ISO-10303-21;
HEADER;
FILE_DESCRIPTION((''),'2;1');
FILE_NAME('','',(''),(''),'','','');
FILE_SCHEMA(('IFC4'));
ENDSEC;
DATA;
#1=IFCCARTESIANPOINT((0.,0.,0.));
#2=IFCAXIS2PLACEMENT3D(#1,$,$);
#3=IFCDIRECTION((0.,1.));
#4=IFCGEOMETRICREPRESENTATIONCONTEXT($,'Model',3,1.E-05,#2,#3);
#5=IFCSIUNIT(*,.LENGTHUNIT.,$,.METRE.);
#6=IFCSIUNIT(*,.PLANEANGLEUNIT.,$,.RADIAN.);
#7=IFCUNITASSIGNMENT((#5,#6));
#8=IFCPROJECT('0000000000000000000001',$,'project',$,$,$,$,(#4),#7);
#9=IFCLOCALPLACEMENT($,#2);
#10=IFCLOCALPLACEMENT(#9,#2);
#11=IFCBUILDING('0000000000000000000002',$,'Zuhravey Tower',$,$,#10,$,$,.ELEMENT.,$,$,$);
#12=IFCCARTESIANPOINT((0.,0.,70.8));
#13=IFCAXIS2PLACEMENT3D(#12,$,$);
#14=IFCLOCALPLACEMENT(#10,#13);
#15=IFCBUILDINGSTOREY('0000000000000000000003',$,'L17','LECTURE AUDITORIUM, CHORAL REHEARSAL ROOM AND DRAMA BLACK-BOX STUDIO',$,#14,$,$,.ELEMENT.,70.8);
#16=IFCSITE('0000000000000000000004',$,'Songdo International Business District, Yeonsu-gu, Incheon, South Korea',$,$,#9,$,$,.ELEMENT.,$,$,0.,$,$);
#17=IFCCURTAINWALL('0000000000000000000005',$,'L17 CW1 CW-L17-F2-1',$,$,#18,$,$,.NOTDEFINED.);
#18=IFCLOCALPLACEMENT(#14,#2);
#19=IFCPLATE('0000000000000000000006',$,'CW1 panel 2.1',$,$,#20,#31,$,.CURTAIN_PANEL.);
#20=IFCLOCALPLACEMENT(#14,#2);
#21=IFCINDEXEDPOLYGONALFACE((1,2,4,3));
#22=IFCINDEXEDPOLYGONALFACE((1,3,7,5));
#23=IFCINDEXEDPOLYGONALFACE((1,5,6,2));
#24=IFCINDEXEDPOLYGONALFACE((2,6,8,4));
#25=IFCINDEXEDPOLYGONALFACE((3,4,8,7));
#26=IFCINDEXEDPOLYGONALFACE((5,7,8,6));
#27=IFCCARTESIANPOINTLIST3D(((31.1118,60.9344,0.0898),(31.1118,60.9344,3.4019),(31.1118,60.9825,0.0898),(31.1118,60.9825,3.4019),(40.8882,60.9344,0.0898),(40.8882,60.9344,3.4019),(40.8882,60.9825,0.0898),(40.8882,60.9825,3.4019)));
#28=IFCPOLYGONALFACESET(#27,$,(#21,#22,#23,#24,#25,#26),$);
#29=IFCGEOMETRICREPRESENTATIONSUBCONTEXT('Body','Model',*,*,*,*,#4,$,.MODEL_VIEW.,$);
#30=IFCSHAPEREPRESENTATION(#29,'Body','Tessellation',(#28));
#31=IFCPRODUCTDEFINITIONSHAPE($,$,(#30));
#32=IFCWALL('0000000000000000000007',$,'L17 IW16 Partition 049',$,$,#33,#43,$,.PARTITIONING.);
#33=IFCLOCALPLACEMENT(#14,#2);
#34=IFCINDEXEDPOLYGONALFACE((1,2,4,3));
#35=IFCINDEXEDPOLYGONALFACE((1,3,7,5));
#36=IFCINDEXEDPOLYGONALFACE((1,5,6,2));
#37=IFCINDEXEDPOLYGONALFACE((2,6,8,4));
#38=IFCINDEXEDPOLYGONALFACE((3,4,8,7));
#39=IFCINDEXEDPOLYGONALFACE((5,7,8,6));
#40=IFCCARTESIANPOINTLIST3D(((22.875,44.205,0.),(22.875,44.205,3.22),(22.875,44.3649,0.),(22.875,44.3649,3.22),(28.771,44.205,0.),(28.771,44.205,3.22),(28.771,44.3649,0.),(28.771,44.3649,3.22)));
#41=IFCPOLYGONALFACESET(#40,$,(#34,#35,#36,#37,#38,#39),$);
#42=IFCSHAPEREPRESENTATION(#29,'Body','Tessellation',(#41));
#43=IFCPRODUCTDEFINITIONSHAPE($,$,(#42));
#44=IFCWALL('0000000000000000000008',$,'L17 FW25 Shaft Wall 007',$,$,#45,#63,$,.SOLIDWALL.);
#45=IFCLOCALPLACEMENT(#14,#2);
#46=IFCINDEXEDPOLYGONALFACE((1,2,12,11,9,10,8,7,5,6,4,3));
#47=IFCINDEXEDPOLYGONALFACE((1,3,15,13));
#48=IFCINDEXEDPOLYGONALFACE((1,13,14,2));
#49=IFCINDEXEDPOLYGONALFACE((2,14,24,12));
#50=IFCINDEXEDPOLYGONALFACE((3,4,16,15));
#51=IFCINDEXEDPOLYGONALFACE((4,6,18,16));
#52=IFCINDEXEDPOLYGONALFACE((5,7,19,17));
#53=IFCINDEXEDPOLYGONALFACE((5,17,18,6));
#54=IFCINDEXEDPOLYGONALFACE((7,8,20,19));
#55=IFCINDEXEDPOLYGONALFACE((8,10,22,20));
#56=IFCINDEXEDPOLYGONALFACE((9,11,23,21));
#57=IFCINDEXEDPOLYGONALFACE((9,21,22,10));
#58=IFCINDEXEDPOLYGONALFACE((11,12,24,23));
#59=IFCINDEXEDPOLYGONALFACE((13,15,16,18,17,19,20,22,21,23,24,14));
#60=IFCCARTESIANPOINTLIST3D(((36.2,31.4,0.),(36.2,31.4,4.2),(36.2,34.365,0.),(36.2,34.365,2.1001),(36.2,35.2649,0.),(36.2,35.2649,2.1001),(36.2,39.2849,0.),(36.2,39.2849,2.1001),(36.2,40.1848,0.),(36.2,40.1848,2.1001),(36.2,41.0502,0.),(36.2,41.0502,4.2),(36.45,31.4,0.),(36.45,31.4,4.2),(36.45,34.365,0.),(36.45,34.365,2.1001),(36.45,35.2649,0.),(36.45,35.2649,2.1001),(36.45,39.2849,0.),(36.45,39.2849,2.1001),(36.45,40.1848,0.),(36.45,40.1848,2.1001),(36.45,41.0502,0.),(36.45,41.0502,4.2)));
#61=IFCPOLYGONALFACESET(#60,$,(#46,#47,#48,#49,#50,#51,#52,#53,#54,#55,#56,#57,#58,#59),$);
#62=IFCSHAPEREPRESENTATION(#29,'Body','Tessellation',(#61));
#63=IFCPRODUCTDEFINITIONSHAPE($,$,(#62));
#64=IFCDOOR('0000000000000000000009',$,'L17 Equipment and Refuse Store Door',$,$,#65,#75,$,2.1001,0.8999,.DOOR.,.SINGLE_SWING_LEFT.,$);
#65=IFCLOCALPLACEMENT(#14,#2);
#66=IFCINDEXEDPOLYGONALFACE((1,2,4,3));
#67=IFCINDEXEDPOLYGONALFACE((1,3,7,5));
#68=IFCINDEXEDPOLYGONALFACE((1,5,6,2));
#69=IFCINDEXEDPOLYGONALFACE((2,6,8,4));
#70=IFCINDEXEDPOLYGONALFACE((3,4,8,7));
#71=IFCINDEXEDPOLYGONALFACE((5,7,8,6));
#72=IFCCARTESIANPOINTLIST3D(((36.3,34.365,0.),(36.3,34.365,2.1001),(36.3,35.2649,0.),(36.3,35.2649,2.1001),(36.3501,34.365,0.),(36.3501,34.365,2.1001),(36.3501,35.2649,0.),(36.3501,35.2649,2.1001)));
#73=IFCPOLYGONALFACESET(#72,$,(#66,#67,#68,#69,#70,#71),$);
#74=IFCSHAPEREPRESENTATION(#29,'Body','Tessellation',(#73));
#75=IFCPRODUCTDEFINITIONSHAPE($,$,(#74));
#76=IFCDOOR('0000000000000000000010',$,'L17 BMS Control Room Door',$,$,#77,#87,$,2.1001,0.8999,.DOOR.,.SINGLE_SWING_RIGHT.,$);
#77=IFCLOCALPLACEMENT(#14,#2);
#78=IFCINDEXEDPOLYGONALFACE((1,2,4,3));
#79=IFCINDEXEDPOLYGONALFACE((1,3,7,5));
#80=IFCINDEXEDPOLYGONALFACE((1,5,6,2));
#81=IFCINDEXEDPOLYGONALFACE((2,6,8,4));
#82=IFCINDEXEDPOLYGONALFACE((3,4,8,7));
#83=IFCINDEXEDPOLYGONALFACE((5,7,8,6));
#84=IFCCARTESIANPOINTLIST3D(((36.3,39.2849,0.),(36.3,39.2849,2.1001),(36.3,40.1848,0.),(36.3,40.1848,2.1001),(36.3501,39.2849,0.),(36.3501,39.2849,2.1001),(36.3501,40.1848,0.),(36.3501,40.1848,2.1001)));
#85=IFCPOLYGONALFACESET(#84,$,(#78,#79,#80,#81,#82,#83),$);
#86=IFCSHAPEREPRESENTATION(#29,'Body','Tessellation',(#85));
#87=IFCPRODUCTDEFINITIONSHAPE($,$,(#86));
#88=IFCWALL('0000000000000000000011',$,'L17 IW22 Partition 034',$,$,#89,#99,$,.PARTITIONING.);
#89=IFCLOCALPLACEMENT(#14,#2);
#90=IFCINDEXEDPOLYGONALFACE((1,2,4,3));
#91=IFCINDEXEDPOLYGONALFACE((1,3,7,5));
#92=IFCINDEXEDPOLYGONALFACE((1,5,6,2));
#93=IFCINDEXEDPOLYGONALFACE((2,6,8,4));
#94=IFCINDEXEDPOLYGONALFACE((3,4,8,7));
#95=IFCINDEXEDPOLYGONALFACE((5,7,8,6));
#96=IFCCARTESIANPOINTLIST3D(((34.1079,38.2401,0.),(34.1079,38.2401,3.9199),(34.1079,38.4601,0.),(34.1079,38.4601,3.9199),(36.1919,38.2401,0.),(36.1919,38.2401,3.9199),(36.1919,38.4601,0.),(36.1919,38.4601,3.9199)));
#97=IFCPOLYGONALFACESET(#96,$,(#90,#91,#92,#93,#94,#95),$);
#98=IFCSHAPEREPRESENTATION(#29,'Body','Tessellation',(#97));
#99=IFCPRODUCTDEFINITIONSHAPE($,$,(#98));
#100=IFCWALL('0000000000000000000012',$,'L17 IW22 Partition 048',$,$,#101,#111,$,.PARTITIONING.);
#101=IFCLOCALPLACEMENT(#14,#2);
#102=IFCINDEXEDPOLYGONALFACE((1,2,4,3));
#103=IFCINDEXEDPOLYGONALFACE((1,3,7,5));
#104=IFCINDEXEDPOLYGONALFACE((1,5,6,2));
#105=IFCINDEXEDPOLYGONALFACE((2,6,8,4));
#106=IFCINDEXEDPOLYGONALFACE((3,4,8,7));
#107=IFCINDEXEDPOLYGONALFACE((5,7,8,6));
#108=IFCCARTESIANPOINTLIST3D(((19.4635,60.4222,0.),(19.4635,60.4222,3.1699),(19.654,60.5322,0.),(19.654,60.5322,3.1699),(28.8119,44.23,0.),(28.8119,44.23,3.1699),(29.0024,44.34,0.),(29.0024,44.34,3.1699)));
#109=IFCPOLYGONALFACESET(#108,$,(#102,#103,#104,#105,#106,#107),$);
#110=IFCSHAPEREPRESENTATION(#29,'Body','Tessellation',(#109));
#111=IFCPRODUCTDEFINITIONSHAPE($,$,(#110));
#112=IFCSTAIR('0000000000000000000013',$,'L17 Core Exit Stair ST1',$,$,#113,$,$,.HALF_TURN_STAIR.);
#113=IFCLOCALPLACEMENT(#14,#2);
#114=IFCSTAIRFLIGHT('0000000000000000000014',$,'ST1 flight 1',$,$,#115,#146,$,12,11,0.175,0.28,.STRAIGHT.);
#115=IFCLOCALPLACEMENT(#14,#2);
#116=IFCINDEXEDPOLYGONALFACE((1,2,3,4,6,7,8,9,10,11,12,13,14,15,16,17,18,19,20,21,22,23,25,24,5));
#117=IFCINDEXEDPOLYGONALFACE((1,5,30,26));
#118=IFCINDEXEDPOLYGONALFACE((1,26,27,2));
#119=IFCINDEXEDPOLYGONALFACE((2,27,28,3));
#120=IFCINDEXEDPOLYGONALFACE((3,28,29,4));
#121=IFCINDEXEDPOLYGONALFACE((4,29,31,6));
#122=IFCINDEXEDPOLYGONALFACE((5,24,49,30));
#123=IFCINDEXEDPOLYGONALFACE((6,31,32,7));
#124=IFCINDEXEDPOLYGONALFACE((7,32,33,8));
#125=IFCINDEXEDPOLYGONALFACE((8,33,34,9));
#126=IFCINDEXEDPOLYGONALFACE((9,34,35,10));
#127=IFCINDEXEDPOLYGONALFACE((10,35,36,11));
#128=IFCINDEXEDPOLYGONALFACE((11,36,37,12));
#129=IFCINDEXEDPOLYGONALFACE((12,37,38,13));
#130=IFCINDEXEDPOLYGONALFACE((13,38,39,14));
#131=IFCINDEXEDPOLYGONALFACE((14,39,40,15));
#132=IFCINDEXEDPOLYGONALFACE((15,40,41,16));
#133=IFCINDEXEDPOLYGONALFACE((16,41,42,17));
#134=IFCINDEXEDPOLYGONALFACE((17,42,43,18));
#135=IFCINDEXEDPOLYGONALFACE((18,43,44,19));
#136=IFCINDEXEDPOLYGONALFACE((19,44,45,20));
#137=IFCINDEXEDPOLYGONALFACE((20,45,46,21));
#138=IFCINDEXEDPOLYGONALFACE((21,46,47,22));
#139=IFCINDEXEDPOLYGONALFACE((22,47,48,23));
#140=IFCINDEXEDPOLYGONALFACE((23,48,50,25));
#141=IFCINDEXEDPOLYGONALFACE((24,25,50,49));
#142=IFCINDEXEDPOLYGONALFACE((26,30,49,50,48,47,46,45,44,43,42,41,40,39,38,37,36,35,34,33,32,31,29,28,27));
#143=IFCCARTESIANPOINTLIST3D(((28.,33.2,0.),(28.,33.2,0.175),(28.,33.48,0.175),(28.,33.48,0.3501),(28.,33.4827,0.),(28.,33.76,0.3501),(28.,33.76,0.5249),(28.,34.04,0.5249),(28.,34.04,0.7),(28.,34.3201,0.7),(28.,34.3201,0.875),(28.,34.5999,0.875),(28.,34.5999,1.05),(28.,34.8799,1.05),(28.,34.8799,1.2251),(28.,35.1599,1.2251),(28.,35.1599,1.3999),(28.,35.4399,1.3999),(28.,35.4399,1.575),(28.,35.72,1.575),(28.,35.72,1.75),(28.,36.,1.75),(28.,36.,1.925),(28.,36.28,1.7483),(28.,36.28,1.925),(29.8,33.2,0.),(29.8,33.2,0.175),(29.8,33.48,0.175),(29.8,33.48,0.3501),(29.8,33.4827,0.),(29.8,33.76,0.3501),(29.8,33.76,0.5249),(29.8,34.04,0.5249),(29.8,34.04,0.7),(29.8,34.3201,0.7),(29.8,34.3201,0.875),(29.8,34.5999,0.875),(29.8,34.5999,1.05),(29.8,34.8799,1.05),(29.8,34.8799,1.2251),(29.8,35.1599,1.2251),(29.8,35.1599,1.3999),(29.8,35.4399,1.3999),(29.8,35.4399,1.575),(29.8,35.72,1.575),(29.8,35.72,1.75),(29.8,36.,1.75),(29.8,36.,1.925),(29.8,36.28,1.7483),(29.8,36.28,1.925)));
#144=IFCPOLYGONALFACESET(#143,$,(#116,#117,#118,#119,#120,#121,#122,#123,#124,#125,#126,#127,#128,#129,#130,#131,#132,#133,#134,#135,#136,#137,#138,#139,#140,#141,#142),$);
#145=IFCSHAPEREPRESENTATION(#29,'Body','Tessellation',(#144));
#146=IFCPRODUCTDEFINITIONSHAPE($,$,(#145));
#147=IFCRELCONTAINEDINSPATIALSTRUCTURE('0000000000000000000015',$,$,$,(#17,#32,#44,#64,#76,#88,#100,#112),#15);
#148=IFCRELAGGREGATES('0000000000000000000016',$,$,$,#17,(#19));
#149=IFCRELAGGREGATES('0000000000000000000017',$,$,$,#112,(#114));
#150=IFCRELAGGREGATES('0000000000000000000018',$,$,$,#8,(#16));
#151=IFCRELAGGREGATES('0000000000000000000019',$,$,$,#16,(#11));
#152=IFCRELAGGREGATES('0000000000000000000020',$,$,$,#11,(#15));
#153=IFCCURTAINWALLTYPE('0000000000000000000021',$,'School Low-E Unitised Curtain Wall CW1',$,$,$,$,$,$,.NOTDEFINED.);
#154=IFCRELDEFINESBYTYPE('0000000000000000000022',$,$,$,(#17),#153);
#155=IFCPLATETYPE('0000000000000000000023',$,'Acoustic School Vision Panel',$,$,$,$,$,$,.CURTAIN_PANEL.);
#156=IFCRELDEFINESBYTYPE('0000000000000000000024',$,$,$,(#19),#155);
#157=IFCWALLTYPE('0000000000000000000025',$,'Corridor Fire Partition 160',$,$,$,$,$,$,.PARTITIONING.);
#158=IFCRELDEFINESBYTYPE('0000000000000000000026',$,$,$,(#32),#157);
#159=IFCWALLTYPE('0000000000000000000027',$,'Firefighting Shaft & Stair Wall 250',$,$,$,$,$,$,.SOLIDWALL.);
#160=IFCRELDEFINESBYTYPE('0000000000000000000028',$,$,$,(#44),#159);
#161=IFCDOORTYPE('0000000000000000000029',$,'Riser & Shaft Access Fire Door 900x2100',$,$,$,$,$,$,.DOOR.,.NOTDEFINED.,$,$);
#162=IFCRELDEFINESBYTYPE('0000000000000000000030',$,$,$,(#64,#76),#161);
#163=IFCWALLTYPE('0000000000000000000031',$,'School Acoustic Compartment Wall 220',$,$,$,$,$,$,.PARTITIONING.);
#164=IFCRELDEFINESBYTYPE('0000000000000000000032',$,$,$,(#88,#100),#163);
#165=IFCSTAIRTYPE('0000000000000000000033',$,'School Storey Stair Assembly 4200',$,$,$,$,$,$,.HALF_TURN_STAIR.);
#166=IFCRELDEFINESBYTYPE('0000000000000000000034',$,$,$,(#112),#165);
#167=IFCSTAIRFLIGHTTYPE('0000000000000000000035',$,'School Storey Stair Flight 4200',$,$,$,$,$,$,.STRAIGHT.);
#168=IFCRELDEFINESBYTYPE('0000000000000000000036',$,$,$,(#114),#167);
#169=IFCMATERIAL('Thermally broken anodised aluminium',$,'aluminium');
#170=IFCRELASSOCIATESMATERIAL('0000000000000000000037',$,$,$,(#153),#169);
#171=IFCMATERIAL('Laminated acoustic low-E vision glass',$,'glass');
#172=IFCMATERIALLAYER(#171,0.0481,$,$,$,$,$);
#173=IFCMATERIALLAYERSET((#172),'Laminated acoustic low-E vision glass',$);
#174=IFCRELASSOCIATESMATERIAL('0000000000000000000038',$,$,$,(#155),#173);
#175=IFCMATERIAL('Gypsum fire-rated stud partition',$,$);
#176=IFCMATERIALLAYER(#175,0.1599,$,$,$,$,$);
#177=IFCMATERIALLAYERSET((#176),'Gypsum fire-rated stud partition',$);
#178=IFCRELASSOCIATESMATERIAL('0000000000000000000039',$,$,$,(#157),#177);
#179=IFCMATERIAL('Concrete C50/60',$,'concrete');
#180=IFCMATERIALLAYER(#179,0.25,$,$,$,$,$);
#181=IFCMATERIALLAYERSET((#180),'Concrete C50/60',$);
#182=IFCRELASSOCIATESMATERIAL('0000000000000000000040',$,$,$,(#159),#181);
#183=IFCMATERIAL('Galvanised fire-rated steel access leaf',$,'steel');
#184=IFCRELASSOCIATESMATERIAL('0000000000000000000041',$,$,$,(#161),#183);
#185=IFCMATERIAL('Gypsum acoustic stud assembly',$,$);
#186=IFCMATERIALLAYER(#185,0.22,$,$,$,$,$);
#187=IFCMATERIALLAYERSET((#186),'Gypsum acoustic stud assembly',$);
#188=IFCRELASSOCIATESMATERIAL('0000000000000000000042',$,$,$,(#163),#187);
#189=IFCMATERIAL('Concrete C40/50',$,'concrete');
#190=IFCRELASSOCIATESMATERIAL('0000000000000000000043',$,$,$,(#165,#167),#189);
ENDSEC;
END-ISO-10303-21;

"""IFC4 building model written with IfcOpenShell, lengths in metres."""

from ifc_helpers import new_model, si_unit, direction, frame, frame_2d, origin, origin_2d, place, context, subcontext, project, spatial, polyline, rectangle, outline, extrude, material, layer, layer_set, type_object, element, fill, aggregate, save


model = new_model("IFC4")

# Units and contexts
model_context = context("Model", 3, precision=1e-05, world=origin(), true_north=direction((0.0, 1.0)))
body_context = subcontext(model_context, "Body", "Model", "MODEL_VIEW")
ifc_project = project(units=[si_unit("LENGTHUNIT", "METRE"), si_unit("PLANEANGLEUNIT", "RADIAN")], contexts=[model_context])

# Site, building, storey
site_placement = place(None, origin())
site = spatial("IfcSite", under=ifc_project, at=site_placement, Name="Songdo International Business District, Yeonsu-gu, Incheon, South Korea", CompositionType="ELEMENT", RefElevation=0.0)
building_placement = place(site_placement, origin())
building = spatial("IfcBuilding", under=site, at=building_placement, Name="Zuhravey Tower", CompositionType="ELEMENT")
storey_placement = place(building_placement, frame((0.0, 0.0, 70.8)))
storey = spatial("IfcBuildingStorey", under=building, at=storey_placement, Name="L17", Description="LECTURE AUDITORIUM, CHORAL REHEARSAL ROOM AND DRAMA BLACK-BOX STUDIO", CompositionType="ELEMENT", Elevation=70.8)

# Curtain wall
ifc_material_1 = material(Name="Thermally broken anodised aluminium", Category="aluminium")
curtain_wall_type = type_object("IfcCurtainWallType", Name="School Low-E Unitised Curtain Wall CW1", PredefinedType="NOTDEFINED", material=ifc_material_1)
curtain_wall_placement = place(storey_placement, origin())
curtain_wall = element("IfcCurtainWall", 1, at=curtain_wall_placement, inside=storey, type_object=curtain_wall_type, Name="L17 CW1 CW-L17-F2-1", PredefinedType="NOTDEFINED")

# Plate
ifc_material_2 = material(Name="Laminated acoustic low-E vision glass", Category="glass")
ifc_layer_1 = layer(ifc_material_2, 0.0481)
ifc_layer_set_1 = layer_set([ifc_layer_1], Name="Laminated acoustic low-E vision glass")
plate_type = type_object("IfcPlateType", Name="Acoustic School Vision Panel", PredefinedType="CURTAIN_PANEL", material=ifc_layer_set_1)
plate_1_placement = place(storey_placement, frame((36.0, 60.9585, 0.0898), z_axis=(0.0, 0.0, 1.0), x_axis=(1.0, 0.0, 0.0)))
plate_1 = element("IfcPlate", 2, at=plate_1_placement, type_object=plate_type, Name="CW1 panel 2.1", PredefinedType="CURTAIN_PANEL", context=body_context, shape_type="SweptSolid", body=[
    extrude(rectangle(XDim=9.7764, YDim=0.0481, at=origin_2d()), origin(), (0.0, 0.0, 1.0), 3.312),
])
aggregate(curtain_wall, [plate_1])

# Wall
ifc_material_3 = material(Name="Gypsum fire-rated stud partition")
ifc_layer_2 = layer(ifc_material_3, 0.1599)
ifc_layer_set_2 = layer_set([ifc_layer_2], Name="Gypsum fire-rated stud partition")
wall_type_1 = type_object("IfcWallType", Name="Corridor Fire Partition 160", PredefinedType="PARTITIONING", material=ifc_layer_set_2)
wall_1_placement = place(storey_placement, frame((28.771, 44.2849, 0.0), z_axis=(0.0, 0.0, 1.0), x_axis=(-1.0, 0.0, 0.0)))
element("IfcWall", 3, at=wall_1_placement, inside=storey, type_object=wall_type_1, Name="L17 IW16 Partition 049", PredefinedType="PARTITIONING", context=body_context, shape_type="SweptSolid", body=[
    extrude(rectangle(XDim=5.896, YDim=0.1599, at=frame_2d((2.948, 0.0))), origin(), (0.0, 0.0, 1.0), 3.22),
])

# Wall, openings, doors
ifc_material_4 = material(Name="Concrete C50/60", Category="concrete")
ifc_layer_3 = layer(ifc_material_4, 0.25)
ifc_layer_set_3 = layer_set([ifc_layer_3], Name="Concrete C50/60")
wall_type_2 = type_object("IfcWallType", Name="Firefighting Shaft & Stair Wall 250", PredefinedType="SOLIDWALL", material=ifc_layer_set_3)
wall_2_placement = place(storey_placement, frame((36.325, 31.3999, 0.0), z_axis=(0.0, 0.0, 1.0), x_axis=(0.0, 1.0, 0.0)))
wall_2 = element("IfcWall", 4, at=wall_2_placement, inside=storey, type_object=wall_type_2, Name="L17 FW25 Shaft Wall 007", PredefinedType="SOLIDWALL", context=body_context, shape_type="SweptSolid", body=[
    extrude(rectangle(XDim=9.6501, YDim=0.25, at=frame_2d((4.8252, 0.0))), origin(), (0.0, 0.0, 1.0), 4.2),
])
opening_1_placement = place(wall_2_placement, frame((2.9651, 0.0, 0.0)))
opening_1 = element("IfcOpeningElement", 5, at=opening_1_placement, cuts=wall_2, PredefinedType="OPENING", context=body_context, shape_type="SweptSolid", body=[
    extrude(rectangle(XDim=0.8999, YDim=2.1001, at=frame_2d((0.45, 1.05))), frame((0.0, 0.137, 0.0), z_axis=(0.0, -1.0, 0.0), x_axis=(1.0, 0.0, 0.0)), (0.0, 0.0, 1.0), 0.2739),
])
opening_2_placement = place(wall_2_placement, frame((7.885, 0.0, 0.0)))
opening_2 = element("IfcOpeningElement", 6, at=opening_2_placement, cuts=wall_2, PredefinedType="OPENING", context=body_context, shape_type="SweptSolid", body=[
    extrude(rectangle(XDim=0.8999, YDim=2.1001, at=frame_2d((0.45, 1.05))), frame((0.0, 0.137, 0.0), z_axis=(0.0, -1.0, 0.0), x_axis=(1.0, 0.0, 0.0)), (0.0, 0.0, 1.0), 0.2739),
])
ifc_material_5 = material(Name="Galvanised fire-rated steel access leaf", Category="steel")
door_type = type_object("IfcDoorType", Name="Riser & Shaft Access Fire Door 900x2100", OperationType="NOTDEFINED", PredefinedType="DOOR", material=ifc_material_5)
door_1_placement = place(opening_1_placement, origin())
door_1 = element("IfcDoor", 7, at=door_1_placement, inside=storey, type_object=door_type, Name="L17 Equipment and Refuse Store Door", OperationType="SINGLE_SWING_LEFT", OverallHeight=2.1001, OverallWidth=0.8999, PredefinedType="DOOR", context=body_context, shape_type="SweptSolid", body=[
    extrude(rectangle(XDim=0.8999, YDim=2.1001, at=frame_2d((0.45, 1.05))), frame((0.0, 0.0249, 0.0), z_axis=(0.0, -1.0, 0.0), x_axis=(1.0, 0.0, 0.0)), (0.0, 0.0, 1.0), 0.05),
])
fill(opening_1, door_1)
door_2_placement = place(opening_2_placement, origin())
door_2 = element("IfcDoor", 8, at=door_2_placement, inside=storey, type_object=door_type, Name="L17 BMS Control Room Door", OperationType="SINGLE_SWING_RIGHT", OverallHeight=2.1001, OverallWidth=0.8999, PredefinedType="DOOR", context=body_context, shape_type="SweptSolid", body=[
    extrude(rectangle(XDim=0.8999, YDim=2.1001, at=frame_2d((0.45, 1.05))), frame((0.0, 0.0249, 0.0), z_axis=(0.0, -1.0, 0.0), x_axis=(1.0, 0.0, 0.0)), (0.0, 0.0, 1.0), 0.05),
])
fill(opening_2, door_2)

# Walls
ifc_material_6 = material(Name="Gypsum acoustic stud assembly")
ifc_layer_4 = layer(ifc_material_6, 0.22)
ifc_layer_set_4 = layer_set([ifc_layer_4], Name="Gypsum acoustic stud assembly")
wall_type_3 = type_object("IfcWallType", Name="School Acoustic Compartment Wall 220", PredefinedType="PARTITIONING", material=ifc_layer_set_4)
wall_3_placement = place(storey_placement, frame((34.1079, 38.3501, 0.0), z_axis=(0.0, 0.0, 1.0), x_axis=(1.0, 0.0, 0.0)))
element("IfcWall", 9, at=wall_3_placement, inside=storey, type_object=wall_type_3, Name="L17 IW22 Partition 034", PredefinedType="PARTITIONING", context=body_context, shape_type="SweptSolid", body=[
    extrude(rectangle(XDim=2.084, YDim=0.22, at=frame_2d((1.042, 0.0))), origin(), (0.0, 0.0, 1.0), 3.9199),
])
wall_4_placement = place(storey_placement, frame((28.9072, 44.2849, 0.0), z_axis=(0.0, 0.0, 1.0), x_axis=(-0.499994, 0.866029, 0.0)))
element("IfcWall", 10, at=wall_4_placement, inside=storey, type_object=wall_type_3, Name="L17 IW22 Partition 048", PredefinedType="PARTITIONING", context=body_context, shape_type="SweptSolid", body=[
    extrude(rectangle(XDim=18.697, YDim=0.22, at=frame_2d((9.3486, 0.0))), origin(), (0.0, 0.0, 1.0), 3.1699),
])

# Stair, stair flight
ifc_material_7 = material(Name="Concrete C40/50", Category="concrete")
stair_type = type_object("IfcStairType", Name="School Storey Stair Assembly 4200", PredefinedType="HALF_TURN_STAIR", material=ifc_material_7)
stair_1_placement = place(storey_placement, origin())
stair_1 = element("IfcStair", 11, at=stair_1_placement, inside=storey, type_object=stair_type, Name="L17 Core Exit Stair ST1", PredefinedType="HALF_TURN_STAIR")
stair_flight_type = type_object("IfcStairFlightType", Name="School Storey Stair Flight 4200", PredefinedType="STRAIGHT", material=ifc_material_7)
stair_flight_1_placement = place(storey_placement, frame((28.8999, 33.2, 0.0), z_axis=(0.0, 0.0, 1.0), x_axis=(0.0, 1.0, 0.0)))
stair_flight_1 = element("IfcStairFlight", 12, at=stair_flight_1_placement, type_object=stair_flight_type, Name="ST1 flight 1", NumberOfRisers=12, NumberOfTreads=11, PredefinedType="STRAIGHT", RiserHeight=0.175, TreadLength=0.28, context=body_context, shape_type="SweptSolid", body=[
    extrude(outline(polyline([(0.0, 0.0), (0.0, 0.175), (0.28, 0.175), (0.28, 0.3501), (0.5601, 0.3501), (0.5601, 0.5249), (0.8401, 0.5249), (0.8401, 0.7), (1.1201, 0.7), (1.1201, 0.875), (1.3999, 0.875), (1.3999, 1.05), (1.6799, 1.05), (1.6799, 1.2251), (1.96, 1.2251), (1.96, 1.3999), (2.24, 1.3999), (2.24, 1.575), (2.52, 1.575), (2.52, 1.75), (2.8, 1.75), (2.8, 1.925), (3.0801, 1.925), (3.0801, 2.1001), (3.0801, 1.7483), (0.2827, 0.0), (0.0, 0.0)])), frame((0.0, 0.8999, 0.0), z_axis=(0.0, -1.0, 0.0), x_axis=(1.0, 0.0, 0.0)), (0.0, 0.0, 1.0), 1.8),
])
aggregate(stair_1, [stair_flight_1])

save(model, "model.ifc")
